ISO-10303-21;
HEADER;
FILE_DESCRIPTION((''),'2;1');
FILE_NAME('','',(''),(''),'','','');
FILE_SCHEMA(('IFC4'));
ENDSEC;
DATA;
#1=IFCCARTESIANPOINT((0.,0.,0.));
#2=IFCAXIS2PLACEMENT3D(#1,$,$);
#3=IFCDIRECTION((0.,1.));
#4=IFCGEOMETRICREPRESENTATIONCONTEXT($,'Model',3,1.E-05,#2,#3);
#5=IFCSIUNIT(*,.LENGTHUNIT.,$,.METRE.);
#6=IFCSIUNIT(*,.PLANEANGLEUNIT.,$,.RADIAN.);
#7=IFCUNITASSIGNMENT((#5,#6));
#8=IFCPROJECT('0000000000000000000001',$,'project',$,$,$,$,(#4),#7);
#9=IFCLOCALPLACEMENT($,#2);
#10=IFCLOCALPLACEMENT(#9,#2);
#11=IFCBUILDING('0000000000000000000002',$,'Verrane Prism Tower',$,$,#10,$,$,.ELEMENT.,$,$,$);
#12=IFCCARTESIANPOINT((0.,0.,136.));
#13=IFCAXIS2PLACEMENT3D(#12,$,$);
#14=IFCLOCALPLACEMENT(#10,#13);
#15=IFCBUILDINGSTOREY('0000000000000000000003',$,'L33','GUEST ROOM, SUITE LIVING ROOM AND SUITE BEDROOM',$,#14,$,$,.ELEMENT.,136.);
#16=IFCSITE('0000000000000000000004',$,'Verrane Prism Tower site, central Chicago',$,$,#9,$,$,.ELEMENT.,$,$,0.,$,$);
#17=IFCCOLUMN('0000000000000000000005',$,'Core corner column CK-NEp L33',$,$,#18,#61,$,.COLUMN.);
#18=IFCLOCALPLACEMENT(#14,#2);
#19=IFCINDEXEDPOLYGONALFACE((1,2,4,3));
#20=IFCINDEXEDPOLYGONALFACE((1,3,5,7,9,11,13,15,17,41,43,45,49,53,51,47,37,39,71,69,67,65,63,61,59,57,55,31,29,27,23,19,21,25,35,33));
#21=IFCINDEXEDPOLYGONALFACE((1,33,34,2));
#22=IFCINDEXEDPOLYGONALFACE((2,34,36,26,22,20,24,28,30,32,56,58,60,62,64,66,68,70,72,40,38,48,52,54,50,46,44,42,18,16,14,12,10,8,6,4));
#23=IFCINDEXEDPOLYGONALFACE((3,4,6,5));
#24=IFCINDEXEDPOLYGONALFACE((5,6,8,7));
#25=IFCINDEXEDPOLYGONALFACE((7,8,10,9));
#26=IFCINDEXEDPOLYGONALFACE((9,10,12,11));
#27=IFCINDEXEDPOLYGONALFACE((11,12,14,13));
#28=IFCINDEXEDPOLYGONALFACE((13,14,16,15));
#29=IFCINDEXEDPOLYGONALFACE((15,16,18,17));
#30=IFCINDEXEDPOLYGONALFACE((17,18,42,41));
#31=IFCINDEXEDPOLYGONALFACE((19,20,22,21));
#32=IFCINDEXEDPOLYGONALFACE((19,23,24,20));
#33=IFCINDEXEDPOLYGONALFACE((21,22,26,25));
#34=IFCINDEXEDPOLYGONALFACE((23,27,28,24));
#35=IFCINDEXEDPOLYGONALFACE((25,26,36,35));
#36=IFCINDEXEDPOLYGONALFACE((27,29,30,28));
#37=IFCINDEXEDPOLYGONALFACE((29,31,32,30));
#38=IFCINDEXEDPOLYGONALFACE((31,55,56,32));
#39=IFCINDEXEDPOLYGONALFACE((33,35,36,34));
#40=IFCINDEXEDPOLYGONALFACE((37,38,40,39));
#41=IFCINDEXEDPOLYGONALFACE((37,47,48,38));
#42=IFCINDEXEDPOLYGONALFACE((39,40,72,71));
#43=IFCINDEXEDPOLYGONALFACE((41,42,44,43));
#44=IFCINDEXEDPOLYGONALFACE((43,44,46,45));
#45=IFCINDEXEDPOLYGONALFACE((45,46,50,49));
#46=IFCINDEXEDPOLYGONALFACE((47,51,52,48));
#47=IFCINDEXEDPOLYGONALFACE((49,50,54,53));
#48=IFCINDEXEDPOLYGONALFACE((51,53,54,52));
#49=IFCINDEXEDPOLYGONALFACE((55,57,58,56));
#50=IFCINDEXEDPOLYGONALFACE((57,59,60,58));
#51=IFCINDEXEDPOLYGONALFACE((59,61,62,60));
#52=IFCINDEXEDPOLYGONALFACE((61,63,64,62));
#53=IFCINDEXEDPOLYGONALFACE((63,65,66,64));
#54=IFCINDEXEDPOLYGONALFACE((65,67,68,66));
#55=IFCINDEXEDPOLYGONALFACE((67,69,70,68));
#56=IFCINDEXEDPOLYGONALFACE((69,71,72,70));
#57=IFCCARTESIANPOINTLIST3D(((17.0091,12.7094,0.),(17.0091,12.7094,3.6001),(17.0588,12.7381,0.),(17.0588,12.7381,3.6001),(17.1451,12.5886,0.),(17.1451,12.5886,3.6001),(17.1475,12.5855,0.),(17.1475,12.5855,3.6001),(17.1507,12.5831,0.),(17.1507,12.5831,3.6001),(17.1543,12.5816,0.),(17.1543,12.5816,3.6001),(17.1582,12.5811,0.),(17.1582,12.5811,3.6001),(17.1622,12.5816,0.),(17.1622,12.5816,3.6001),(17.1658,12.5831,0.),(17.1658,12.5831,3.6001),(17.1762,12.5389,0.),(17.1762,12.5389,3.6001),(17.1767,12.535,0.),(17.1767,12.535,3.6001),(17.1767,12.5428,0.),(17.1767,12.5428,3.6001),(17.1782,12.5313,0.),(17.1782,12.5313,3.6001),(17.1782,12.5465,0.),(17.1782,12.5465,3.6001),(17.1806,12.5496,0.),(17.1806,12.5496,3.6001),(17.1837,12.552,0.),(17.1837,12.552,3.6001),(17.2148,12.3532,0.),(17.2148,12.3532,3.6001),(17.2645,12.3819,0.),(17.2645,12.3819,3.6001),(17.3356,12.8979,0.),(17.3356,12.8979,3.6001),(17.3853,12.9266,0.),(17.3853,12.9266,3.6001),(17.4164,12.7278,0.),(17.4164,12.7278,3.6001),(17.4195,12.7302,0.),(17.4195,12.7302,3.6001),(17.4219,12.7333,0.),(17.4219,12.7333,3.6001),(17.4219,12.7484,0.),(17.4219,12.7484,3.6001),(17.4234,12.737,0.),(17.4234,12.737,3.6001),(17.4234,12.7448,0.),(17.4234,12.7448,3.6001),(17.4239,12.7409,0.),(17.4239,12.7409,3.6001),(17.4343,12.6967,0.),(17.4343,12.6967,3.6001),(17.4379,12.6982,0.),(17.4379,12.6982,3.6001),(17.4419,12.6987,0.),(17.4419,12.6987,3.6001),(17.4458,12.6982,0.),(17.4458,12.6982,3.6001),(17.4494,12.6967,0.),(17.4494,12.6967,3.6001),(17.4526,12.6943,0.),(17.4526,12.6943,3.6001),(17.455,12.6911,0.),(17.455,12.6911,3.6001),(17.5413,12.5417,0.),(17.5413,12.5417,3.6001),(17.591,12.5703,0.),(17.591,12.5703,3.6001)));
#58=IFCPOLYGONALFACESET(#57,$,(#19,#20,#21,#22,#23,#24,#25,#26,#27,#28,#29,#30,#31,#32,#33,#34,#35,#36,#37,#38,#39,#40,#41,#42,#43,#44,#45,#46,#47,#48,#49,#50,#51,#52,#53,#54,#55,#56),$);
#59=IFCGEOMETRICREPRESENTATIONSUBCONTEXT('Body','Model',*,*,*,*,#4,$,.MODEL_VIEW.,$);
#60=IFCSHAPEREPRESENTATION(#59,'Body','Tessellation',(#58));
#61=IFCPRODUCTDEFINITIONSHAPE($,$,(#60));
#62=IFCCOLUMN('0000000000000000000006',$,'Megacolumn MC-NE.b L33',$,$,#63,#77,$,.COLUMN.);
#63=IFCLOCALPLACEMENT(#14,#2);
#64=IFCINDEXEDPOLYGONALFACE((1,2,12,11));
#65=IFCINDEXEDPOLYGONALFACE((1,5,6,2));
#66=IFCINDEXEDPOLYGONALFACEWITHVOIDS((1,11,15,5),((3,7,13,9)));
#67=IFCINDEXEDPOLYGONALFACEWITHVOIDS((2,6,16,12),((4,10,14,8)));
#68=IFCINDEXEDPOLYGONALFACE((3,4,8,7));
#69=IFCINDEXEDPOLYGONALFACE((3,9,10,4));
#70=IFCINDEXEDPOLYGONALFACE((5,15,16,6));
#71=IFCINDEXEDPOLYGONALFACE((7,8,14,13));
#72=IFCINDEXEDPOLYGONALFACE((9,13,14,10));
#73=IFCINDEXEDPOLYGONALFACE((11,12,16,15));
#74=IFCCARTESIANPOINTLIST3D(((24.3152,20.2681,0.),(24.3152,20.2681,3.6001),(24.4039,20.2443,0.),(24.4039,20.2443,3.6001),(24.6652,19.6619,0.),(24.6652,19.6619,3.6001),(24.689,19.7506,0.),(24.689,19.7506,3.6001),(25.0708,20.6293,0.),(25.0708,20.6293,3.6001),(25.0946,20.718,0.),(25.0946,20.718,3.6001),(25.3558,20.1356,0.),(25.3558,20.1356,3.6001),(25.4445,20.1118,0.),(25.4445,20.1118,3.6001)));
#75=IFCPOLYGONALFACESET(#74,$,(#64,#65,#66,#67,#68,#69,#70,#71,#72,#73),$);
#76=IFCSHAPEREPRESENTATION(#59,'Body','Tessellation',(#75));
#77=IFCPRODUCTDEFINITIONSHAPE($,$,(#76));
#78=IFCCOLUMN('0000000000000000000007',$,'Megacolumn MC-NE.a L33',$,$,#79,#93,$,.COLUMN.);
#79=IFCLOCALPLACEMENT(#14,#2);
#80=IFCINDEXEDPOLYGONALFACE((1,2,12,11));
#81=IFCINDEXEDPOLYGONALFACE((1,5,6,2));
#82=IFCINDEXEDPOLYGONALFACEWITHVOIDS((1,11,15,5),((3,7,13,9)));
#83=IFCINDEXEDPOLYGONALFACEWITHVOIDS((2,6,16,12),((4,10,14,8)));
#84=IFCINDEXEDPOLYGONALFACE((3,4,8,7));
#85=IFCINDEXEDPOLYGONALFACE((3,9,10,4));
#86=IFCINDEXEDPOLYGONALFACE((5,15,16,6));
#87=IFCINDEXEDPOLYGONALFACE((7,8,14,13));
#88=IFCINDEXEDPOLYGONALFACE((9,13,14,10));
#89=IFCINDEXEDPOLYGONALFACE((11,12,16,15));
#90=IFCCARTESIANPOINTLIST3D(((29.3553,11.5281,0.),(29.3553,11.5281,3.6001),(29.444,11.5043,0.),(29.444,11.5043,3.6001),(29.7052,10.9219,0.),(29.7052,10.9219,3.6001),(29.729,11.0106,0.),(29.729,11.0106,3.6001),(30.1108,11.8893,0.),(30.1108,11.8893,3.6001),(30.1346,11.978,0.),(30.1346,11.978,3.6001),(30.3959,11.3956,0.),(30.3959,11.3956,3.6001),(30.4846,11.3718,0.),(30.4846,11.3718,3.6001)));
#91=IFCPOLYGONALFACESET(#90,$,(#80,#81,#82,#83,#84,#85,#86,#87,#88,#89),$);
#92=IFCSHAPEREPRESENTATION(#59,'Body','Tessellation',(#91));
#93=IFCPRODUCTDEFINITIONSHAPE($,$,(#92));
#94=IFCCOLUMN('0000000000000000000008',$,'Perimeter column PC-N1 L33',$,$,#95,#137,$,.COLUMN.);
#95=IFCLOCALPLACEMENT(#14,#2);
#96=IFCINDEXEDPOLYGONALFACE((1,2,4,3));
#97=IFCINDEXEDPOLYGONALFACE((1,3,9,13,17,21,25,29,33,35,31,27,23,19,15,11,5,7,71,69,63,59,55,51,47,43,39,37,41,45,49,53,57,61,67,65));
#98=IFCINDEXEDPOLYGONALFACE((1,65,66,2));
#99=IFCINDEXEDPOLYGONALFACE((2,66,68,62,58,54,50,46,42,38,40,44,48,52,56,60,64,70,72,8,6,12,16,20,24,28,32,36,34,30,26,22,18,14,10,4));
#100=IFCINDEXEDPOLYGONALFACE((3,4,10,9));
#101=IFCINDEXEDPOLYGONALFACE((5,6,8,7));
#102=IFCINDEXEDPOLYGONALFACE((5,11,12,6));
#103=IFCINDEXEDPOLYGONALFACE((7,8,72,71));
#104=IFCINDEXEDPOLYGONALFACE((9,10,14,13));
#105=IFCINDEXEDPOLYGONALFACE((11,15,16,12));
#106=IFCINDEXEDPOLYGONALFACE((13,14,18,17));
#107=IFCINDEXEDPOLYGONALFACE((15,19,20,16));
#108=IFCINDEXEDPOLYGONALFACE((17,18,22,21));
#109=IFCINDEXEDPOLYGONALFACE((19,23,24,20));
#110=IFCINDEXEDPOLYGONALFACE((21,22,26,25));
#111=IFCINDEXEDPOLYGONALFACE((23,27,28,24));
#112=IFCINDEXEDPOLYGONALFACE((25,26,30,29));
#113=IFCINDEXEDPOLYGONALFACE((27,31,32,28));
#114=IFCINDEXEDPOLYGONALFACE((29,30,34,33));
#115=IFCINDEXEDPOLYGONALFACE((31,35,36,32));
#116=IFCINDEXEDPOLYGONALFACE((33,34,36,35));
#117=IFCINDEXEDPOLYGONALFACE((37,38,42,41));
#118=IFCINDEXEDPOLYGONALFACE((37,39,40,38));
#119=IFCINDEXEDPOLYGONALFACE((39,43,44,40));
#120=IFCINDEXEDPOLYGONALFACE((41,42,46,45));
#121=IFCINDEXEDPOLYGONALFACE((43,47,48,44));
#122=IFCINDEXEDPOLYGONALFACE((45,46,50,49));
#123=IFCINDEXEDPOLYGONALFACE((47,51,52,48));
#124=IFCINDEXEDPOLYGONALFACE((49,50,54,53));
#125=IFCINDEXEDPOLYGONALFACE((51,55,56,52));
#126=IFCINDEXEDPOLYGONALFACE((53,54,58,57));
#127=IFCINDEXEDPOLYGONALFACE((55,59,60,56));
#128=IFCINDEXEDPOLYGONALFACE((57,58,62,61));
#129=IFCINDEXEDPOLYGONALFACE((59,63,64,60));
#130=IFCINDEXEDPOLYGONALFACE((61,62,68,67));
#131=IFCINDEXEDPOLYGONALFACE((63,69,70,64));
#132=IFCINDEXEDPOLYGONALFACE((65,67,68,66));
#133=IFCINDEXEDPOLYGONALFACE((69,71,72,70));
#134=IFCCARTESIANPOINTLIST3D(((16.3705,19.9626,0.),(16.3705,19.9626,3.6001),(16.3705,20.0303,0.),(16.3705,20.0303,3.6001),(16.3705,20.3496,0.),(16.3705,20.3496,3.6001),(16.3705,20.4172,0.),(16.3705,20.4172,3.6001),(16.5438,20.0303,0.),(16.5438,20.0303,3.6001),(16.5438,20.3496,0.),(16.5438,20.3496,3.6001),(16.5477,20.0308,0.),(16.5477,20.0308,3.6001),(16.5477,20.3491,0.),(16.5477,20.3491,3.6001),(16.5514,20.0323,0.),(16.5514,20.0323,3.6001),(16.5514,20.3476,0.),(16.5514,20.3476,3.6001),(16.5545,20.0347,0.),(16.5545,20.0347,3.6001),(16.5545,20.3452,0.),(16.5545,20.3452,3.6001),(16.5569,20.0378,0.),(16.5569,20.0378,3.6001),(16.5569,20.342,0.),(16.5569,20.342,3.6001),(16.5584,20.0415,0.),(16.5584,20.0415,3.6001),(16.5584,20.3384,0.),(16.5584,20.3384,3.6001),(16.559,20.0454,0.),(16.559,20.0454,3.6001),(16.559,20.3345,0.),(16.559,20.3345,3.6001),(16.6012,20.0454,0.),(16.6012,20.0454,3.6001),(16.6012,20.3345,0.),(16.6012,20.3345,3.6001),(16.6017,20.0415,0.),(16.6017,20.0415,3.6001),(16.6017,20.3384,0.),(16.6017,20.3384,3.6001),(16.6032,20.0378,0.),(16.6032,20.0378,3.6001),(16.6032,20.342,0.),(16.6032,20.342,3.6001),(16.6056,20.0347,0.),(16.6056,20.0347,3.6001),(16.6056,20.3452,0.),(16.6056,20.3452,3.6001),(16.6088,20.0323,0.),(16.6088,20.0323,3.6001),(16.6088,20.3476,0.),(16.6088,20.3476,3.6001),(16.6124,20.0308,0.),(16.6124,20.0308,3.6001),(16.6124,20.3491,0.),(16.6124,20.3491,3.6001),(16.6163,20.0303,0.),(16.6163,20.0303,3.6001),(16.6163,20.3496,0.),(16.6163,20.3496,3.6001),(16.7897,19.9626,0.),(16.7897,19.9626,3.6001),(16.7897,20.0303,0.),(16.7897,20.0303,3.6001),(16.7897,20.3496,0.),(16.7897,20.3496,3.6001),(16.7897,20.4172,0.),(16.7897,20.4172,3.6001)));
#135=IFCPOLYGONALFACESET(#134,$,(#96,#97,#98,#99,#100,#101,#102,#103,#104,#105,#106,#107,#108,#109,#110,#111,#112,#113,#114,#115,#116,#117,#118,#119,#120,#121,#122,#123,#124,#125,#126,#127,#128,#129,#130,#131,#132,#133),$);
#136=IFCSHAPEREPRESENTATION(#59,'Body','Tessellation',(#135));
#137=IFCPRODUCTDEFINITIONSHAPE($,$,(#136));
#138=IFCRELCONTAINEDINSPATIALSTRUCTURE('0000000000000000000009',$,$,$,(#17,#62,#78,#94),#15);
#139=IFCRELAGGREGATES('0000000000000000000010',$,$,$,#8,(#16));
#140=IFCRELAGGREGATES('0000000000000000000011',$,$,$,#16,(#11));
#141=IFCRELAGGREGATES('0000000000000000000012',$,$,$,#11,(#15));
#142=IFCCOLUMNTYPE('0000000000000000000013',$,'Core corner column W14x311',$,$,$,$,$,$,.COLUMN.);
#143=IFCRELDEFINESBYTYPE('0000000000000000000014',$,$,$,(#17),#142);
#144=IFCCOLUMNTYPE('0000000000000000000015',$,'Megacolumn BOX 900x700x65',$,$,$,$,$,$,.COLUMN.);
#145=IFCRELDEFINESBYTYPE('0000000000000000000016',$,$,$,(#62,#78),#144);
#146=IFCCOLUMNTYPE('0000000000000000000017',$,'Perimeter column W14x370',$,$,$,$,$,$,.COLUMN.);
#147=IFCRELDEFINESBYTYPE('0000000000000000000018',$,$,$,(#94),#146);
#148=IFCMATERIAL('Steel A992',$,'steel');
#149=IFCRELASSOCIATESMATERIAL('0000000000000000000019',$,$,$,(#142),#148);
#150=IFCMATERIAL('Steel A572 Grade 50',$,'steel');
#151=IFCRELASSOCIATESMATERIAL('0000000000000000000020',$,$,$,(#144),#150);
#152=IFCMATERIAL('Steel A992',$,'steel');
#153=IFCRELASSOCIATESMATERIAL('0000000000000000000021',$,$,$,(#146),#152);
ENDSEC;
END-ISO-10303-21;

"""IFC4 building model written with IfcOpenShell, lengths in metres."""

from ifc_helpers import new_model, si_unit, direction, frame, origin, origin_2d, place, context, subcontext, project, spatial, hollow_rectangle, i_section, extrude, material, material_profile, profile_set, type_object, element, save


model = new_model("IFC4")

# Units and contexts
model_context = context("Model", 3, precision=1e-05, world=origin(), true_north=direction((0.0, 1.0)))
body_context = subcontext(model_context, "Body", "Model", "MODEL_VIEW")
ifc_project = project(units=[si_unit("LENGTHUNIT", "METRE"), si_unit("PLANEANGLEUNIT", "RADIAN")], contexts=[model_context])

# Site, building, storey
site_placement = place(None, origin())
site = spatial("IfcSite", under=ifc_project, at=site_placement, Name="Verrane Prism Tower site, central Chicago", CompositionType="ELEMENT", RefElevation=0.0)
building_placement = place(site_placement, origin())
building = spatial("IfcBuilding", under=site, at=building_placement, Name="Verrane Prism Tower", CompositionType="ELEMENT")
storey_placement = place(building_placement, frame((0.0, 0.0, 136.0)))
storey = spatial("IfcBuildingStorey", under=building, at=storey_placement, Name="L33", Description="GUEST ROOM, SUITE LIVING ROOM AND SUITE BEDROOM", CompositionType="ELEMENT", Elevation=136.0)

# Columns
ifc_material_1 = material(Name="Steel A992", Category="steel")
ifc_material_profile_1 = material_profile(ifc_material_1, i_section(OverallWidth=0.4114, OverallDepth=0.4343, WebThickness=0.0359, FlangeThickness=0.0574, FilletRadius=0.0151, at=origin_2d()), Name="W14x311")
ifc_profile_set_1 = profile_set([ifc_material_profile_1], Name="Steel A992")
column_type_1 = type_object("IfcColumnType", Name="Core corner column W14x311", PredefinedType="COLUMN", material=ifc_profile_set_1)
column_1_placement = place(storey_placement, frame((17.3, 12.6399, 0.0), z_axis=(0.0, 0.0, 1.0), x_axis=(0.5, -0.866025, 0.0)))
element("IfcColumn", 1, at=column_1_placement, inside=storey, type_object=column_type_1, Name="Core corner column CK-NEp L33", PredefinedType="COLUMN", context=body_context, shape_type="SweptSolid", body=[
    extrude(i_section(OverallWidth=0.4114, OverallDepth=0.4343, WebThickness=0.0359, FlangeThickness=0.0574, FilletRadius=0.0151, at=origin_2d()), origin(), (0.0, 0.0, 1.0), 3.6001),
])
ifc_material_2 = material(Name="Steel A572 Grade 50", Category="steel")
ifc_material_profile_2 = material_profile(ifc_material_2, hollow_rectangle(XDim=0.7, YDim=0.8999, WallThickness=0.0649, at=origin_2d()), Name="BOX 900x700x65")
ifc_profile_set_2 = profile_set([ifc_material_profile_2], Name="Steel A572 Grade 50")
column_type_2 = type_object("IfcColumnType", Name="Megacolumn BOX 900x700x65", PredefinedType="COLUMN", material=ifc_profile_set_2)
for number, where, z_axis, x_axis, name in (
    (2, (24.8799, 20.1899, 0.0), (0.0, 0.0, 1.0), (0.5, -0.866025, 0.0), "Megacolumn MC-NE.b L33"),
    (3, (29.9199, 11.45, 0.0), (0.0, 0.0, 1.0), (0.5, -0.866025, 0.0), "Megacolumn MC-NE.a L33"),
):
    element("IfcColumn", number, at=place(storey_placement, frame(where, z_axis=z_axis, x_axis=x_axis)), inside=storey, type_object=column_type_2, Name=name, PredefinedType="COLUMN", context=body_context, shape_type="SweptSolid", body=[
        extrude(hollow_rectangle(XDim=0.7, YDim=0.8999, WallThickness=0.0649, at=origin_2d()), origin(), (0.0, 0.0, 1.0), 3.6001),
    ])
ifc_material_3 = material(Name="Steel A992", Category="steel")
ifc_material_profile_3 = material_profile(ifc_material_3, i_section(OverallWidth=0.4192, OverallDepth=0.4546, WebThickness=0.0422, FlangeThickness=0.0676, FilletRadius=0.0151, at=origin_2d()), Name="W14x370")
ifc_profile_set_3 = profile_set([ifc_material_profile_3], Name="Steel A992")
column_type_3 = type_object("IfcColumnType", Name="Perimeter column W14x370", PredefinedType="COLUMN", material=ifc_profile_set_3)
column_2_placement = place(storey_placement, frame((16.5801, 20.1899, 0.0), z_axis=(0.0, 0.0, 1.0), x_axis=(1.0, 0.0, 0.0)))
element("IfcColumn", 4, at=column_2_placement, inside=storey, type_object=column_type_3, Name="Perimeter column PC-N1 L33", PredefinedType="COLUMN", context=body_context, shape_type="SweptSolid", body=[
    extrude(i_section(OverallWidth=0.4192, OverallDepth=0.4546, WebThickness=0.0422, FlangeThickness=0.0676, FilletRadius=0.0151, at=origin_2d()), origin(), (0.0, 0.0, 1.0), 3.6001),
])

save(model, "model.ifc")
